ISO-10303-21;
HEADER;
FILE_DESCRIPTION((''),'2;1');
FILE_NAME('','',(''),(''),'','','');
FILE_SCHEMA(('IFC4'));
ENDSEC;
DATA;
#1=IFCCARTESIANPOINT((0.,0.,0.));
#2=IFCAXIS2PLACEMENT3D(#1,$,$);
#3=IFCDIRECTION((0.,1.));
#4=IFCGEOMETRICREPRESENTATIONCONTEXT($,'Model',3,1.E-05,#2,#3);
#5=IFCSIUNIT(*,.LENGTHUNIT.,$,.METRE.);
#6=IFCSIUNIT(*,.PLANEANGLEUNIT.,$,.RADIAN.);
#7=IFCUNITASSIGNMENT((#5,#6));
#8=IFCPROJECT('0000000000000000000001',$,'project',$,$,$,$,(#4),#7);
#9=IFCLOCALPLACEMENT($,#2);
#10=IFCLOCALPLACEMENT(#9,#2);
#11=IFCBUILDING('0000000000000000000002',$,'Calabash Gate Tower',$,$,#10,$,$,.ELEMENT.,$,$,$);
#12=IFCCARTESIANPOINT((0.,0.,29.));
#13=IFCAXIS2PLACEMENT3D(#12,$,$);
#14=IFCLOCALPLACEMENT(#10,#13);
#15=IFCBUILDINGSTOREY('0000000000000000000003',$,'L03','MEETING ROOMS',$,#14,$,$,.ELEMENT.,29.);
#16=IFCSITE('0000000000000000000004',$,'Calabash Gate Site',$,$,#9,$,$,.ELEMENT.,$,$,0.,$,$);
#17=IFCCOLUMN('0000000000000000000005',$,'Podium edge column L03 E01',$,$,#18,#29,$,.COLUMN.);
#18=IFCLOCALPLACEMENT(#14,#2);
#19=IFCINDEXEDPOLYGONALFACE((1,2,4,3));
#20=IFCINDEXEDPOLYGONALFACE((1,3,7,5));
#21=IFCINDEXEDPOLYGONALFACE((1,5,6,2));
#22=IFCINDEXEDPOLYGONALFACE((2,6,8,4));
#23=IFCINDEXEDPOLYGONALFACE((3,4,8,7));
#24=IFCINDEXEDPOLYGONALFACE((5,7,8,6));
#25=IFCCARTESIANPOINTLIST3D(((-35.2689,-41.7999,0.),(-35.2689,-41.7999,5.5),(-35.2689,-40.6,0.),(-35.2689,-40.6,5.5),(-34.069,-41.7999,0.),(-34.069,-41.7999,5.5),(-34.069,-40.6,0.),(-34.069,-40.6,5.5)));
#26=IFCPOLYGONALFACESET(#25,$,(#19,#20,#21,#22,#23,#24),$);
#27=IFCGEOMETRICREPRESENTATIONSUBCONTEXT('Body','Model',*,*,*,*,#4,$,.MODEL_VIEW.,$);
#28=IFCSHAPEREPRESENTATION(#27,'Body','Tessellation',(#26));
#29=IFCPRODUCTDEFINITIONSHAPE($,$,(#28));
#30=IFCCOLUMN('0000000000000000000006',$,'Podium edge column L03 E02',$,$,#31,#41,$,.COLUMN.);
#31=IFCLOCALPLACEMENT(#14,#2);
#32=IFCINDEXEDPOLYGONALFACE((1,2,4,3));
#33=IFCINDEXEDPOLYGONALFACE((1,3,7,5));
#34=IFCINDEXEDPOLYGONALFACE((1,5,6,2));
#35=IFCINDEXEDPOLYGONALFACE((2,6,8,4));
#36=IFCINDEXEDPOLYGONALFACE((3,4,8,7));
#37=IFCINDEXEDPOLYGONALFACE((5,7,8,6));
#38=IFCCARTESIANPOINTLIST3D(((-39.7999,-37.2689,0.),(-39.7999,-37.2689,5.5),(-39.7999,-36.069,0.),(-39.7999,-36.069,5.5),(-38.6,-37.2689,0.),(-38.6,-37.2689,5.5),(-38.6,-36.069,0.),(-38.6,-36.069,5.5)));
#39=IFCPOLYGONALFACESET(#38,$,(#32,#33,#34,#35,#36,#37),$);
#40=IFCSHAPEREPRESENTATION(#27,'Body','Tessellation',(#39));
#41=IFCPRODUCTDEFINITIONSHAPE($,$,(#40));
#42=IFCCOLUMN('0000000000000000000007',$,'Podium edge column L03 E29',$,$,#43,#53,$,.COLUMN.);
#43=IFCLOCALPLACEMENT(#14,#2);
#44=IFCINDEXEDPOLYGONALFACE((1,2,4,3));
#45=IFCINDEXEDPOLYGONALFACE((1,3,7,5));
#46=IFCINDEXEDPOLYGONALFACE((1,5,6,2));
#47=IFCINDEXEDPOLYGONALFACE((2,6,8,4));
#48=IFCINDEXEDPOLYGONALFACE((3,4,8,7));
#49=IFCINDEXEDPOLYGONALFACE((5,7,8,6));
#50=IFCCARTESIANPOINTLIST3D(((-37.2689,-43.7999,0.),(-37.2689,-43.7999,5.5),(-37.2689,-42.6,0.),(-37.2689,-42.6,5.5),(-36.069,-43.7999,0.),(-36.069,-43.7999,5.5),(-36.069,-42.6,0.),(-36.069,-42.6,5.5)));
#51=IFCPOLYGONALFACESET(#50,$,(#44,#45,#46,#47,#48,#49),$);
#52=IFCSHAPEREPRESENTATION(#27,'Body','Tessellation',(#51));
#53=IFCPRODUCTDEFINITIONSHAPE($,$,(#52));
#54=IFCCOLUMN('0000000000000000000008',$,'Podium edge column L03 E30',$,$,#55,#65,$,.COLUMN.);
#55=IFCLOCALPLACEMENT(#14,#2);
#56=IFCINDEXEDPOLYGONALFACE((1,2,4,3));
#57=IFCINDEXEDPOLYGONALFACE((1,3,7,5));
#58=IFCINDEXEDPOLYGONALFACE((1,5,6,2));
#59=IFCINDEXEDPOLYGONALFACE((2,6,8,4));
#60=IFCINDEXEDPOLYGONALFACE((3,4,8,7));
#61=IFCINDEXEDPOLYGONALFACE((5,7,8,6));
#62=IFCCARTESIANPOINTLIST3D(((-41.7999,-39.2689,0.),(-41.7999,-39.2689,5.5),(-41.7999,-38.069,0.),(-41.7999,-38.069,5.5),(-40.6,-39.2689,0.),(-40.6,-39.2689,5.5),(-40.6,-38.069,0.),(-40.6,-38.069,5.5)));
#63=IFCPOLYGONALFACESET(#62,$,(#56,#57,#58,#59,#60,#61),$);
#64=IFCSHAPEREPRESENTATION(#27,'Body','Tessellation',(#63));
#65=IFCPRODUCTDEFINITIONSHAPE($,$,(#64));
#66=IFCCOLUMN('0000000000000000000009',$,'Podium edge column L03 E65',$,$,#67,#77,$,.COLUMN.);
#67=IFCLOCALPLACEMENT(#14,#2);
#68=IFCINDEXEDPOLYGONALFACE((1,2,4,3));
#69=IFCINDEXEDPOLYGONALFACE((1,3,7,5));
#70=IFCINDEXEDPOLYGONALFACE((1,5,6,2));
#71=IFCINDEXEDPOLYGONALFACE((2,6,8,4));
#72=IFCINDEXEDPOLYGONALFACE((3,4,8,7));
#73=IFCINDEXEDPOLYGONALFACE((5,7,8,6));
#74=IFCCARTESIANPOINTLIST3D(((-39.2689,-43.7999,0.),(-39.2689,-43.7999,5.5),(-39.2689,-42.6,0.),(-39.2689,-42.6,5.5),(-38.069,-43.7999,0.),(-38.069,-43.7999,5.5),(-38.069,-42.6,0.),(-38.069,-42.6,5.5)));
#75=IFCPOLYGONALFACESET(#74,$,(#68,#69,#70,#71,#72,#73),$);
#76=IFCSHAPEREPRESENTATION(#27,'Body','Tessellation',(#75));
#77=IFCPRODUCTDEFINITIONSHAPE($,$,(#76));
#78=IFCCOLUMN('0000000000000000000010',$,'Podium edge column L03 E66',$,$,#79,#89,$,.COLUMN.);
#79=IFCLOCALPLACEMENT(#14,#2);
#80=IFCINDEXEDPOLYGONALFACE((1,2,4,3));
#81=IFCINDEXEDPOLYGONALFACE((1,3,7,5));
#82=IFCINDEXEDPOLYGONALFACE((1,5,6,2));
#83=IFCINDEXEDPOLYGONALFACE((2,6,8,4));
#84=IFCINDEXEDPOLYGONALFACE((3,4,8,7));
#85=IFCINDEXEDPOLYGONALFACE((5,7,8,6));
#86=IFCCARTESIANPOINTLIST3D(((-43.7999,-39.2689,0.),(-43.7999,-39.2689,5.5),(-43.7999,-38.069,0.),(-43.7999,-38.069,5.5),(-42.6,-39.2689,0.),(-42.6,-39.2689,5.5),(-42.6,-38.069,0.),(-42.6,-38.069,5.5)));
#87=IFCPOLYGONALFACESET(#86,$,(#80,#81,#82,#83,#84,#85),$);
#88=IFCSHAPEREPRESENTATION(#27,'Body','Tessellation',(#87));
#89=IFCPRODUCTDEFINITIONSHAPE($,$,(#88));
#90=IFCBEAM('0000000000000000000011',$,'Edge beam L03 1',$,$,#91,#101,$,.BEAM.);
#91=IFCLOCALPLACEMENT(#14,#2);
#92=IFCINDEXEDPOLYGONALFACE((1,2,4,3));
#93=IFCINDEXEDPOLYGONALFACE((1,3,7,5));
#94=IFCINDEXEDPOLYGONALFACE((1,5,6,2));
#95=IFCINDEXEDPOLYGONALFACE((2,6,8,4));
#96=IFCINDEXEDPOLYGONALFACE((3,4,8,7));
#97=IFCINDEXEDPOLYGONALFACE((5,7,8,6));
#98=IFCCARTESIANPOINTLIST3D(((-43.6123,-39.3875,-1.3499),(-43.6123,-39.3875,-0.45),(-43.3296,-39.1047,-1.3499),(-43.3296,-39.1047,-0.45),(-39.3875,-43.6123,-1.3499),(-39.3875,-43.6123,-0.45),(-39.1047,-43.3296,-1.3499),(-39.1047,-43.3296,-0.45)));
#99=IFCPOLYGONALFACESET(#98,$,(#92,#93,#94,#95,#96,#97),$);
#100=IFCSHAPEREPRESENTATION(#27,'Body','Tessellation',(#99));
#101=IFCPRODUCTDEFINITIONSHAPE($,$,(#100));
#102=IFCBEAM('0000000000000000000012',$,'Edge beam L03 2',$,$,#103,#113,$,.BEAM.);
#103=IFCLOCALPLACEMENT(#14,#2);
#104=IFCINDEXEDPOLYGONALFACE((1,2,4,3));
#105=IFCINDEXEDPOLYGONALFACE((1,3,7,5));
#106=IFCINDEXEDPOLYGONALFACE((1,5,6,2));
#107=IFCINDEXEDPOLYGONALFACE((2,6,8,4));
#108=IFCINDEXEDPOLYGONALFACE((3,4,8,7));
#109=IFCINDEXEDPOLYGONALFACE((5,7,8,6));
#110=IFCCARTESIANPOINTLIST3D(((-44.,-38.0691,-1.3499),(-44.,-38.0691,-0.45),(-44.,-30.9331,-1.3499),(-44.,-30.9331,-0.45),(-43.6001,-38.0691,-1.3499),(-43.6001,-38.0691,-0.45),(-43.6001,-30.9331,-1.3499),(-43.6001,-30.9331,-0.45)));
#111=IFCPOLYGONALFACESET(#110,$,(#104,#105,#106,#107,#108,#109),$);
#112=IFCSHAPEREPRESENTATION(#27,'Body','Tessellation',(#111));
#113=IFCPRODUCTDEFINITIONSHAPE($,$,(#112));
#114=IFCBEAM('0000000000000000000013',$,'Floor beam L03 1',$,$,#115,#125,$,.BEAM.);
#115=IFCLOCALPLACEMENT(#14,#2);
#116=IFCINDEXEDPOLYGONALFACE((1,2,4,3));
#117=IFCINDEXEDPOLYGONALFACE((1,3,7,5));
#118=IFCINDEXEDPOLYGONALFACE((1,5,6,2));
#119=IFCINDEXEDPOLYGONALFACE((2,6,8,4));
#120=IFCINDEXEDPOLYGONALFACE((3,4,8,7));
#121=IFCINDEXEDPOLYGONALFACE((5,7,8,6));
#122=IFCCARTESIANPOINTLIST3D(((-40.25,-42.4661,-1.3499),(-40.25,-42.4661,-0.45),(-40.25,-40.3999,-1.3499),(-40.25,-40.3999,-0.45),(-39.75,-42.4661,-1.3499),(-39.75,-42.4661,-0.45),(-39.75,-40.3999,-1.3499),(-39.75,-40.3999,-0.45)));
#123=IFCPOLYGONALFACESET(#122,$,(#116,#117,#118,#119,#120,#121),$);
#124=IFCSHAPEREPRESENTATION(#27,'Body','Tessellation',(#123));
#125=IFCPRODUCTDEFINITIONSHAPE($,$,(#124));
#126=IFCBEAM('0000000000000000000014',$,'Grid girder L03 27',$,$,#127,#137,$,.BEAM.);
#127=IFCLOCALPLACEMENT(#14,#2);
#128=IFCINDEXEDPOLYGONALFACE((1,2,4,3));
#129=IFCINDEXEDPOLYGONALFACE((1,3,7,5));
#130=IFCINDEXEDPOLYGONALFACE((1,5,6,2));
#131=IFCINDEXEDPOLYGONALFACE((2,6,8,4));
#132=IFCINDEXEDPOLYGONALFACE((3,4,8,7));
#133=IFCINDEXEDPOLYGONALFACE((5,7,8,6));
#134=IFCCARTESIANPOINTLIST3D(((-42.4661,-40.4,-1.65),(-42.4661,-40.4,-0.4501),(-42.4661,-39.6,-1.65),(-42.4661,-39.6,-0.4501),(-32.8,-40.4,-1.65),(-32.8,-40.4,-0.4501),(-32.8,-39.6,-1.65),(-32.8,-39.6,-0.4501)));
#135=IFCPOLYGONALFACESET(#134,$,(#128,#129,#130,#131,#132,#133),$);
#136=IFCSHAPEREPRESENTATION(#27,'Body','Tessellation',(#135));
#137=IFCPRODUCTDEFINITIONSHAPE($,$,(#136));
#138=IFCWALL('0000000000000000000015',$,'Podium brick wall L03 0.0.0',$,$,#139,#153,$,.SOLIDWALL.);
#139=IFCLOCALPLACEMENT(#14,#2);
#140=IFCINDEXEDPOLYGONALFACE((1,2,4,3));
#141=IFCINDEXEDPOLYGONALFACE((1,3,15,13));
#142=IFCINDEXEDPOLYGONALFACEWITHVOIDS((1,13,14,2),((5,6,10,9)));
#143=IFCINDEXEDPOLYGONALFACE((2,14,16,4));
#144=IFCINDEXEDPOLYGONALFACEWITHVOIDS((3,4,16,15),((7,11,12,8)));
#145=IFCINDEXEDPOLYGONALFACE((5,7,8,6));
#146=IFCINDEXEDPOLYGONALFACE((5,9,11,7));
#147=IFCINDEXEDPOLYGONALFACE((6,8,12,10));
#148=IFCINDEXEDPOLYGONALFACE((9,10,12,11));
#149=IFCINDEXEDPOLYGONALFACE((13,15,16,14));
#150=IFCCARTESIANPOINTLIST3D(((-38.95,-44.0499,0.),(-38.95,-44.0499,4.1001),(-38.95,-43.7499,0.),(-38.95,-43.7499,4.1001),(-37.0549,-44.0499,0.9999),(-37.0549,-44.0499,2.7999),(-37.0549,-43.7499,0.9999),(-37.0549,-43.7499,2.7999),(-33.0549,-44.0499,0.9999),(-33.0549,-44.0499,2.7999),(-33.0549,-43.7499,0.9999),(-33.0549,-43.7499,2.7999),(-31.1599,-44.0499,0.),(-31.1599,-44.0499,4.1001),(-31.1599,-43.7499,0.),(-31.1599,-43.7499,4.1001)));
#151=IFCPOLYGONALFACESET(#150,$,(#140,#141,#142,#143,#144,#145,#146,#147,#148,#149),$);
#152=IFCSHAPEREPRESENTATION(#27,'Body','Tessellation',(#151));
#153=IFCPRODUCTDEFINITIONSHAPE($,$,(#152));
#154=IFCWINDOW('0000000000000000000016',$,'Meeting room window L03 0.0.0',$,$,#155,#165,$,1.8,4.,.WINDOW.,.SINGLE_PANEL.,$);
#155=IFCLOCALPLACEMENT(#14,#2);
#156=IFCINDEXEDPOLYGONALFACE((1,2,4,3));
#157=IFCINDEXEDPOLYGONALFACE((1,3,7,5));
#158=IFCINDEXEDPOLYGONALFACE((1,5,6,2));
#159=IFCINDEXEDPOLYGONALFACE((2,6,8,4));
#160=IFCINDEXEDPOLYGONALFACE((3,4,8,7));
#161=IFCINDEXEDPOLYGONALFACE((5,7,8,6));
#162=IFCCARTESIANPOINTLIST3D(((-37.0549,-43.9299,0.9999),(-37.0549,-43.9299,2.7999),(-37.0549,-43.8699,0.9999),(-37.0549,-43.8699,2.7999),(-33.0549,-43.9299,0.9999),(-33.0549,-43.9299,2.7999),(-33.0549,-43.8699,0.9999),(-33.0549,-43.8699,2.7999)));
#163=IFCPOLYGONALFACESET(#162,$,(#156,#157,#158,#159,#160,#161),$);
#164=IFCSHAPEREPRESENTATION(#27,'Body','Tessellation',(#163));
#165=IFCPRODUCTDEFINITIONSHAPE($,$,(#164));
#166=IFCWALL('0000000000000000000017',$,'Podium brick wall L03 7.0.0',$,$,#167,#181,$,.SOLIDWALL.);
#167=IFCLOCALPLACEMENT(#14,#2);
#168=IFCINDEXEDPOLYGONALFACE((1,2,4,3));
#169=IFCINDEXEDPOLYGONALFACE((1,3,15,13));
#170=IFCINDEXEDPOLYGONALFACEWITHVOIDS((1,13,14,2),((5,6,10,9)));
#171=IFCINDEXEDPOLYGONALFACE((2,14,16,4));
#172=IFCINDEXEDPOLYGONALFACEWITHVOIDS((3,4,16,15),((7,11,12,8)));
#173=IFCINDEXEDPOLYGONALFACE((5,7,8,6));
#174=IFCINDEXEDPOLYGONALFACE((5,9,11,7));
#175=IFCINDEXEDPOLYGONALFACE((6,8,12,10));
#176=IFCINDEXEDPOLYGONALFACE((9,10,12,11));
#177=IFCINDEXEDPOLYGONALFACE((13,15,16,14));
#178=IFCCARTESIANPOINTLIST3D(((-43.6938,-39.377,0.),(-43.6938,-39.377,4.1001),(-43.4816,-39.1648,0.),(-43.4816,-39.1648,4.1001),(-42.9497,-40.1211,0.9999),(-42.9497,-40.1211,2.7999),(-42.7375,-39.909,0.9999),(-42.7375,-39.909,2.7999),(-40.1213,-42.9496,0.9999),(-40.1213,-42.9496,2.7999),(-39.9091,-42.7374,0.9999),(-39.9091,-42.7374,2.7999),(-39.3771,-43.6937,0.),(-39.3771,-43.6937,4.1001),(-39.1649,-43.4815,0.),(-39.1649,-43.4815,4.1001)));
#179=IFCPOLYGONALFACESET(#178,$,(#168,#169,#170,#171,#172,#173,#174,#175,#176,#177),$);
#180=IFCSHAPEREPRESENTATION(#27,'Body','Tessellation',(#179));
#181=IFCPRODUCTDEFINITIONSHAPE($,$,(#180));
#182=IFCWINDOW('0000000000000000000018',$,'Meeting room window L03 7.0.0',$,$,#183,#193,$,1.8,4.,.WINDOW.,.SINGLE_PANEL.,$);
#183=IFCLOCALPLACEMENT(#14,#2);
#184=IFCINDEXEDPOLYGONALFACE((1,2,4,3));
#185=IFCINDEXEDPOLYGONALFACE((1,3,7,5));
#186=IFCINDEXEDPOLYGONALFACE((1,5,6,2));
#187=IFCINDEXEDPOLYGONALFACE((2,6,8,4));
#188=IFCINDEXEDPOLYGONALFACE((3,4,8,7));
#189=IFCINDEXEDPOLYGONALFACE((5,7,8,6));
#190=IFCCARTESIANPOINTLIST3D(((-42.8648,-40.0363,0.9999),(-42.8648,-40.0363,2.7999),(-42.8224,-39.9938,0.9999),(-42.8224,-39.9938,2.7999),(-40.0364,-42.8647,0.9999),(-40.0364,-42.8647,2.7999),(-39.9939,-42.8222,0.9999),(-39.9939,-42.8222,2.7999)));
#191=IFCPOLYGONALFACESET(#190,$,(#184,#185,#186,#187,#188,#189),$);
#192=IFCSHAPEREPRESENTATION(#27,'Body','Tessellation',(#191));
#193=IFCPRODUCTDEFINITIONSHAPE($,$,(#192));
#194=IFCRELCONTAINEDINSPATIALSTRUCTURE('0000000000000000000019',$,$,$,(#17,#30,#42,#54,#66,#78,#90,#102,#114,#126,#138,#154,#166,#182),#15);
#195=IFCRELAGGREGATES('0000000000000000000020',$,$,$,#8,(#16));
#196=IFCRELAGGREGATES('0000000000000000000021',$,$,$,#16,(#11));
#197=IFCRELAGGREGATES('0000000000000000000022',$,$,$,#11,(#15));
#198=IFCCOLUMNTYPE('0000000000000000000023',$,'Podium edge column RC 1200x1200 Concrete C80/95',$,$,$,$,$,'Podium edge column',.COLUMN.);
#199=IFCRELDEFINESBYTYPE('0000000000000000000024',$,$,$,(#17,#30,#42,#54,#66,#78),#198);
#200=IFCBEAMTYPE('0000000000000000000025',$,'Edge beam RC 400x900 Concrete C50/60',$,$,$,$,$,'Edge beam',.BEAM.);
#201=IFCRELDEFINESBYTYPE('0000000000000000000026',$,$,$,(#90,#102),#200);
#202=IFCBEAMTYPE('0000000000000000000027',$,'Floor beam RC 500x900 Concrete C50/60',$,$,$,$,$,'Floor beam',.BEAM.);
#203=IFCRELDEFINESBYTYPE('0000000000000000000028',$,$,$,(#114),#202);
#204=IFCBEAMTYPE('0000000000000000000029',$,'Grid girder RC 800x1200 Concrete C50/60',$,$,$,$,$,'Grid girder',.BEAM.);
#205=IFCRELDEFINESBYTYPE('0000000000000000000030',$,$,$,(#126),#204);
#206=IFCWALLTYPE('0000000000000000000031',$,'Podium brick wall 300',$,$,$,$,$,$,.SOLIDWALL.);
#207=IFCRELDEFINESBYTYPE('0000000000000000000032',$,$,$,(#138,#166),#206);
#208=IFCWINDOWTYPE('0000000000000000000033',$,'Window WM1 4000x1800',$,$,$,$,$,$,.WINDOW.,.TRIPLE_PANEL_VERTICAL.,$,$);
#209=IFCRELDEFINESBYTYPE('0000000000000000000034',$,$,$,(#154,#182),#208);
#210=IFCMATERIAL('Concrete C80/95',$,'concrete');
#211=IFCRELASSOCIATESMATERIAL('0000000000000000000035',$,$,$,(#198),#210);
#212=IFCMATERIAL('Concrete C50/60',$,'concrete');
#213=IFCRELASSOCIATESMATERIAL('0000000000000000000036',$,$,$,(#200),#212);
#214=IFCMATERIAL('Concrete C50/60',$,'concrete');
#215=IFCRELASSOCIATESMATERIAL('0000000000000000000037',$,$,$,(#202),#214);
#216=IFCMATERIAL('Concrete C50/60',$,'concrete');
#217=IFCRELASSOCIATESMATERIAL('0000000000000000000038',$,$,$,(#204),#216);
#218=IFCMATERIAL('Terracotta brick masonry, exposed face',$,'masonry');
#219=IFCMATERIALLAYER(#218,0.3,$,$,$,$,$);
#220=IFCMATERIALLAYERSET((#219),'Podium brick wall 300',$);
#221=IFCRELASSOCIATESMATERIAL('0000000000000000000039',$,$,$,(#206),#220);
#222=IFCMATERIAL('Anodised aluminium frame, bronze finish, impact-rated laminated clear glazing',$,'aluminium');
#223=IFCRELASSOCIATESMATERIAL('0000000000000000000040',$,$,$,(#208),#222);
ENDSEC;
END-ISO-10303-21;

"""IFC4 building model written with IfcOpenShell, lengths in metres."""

from ifc_helpers import new_model, si_unit, direction, frame, frame_2d, origin, origin_2d, place, context, subcontext, project, spatial, rectangle, extrude, material, layer, layer_set, material_profile, profile_set, type_object, element, fill, save


model = new_model("IFC4")

# Units and contexts
model_context = context("Model", 3, precision=1e-05, world=origin(), true_north=direction((0.0, 1.0)))
body_context = subcontext(model_context, "Body", "Model", "MODEL_VIEW")
ifc_project = project(units=[si_unit("LENGTHUNIT", "METRE"), si_unit("PLANEANGLEUNIT", "RADIAN")], contexts=[model_context])

# Site, building, storey
site_placement = place(None, origin())
site = spatial("IfcSite", under=ifc_project, at=site_placement, Name="Calabash Gate Site", CompositionType="ELEMENT", RefElevation=0.0)
building_placement = place(site_placement, origin())
building = spatial("IfcBuilding", under=site, at=building_placement, Name="Calabash Gate Tower", CompositionType="ELEMENT")
storey_placement = place(building_placement, frame((0.0, 0.0, 29.0)))
storey = spatial("IfcBuildingStorey", under=building, at=storey_placement, Name="L03", Description="MEETING ROOMS", CompositionType="ELEMENT", Elevation=29.0)

# Columns
ifc_material_1 = material(Name="Concrete C80/95", Category="concrete")
ifc_material_profile_1 = material_profile(ifc_material_1, rectangle(XDim=1.2, YDim=1.2, at=origin_2d()))
ifc_profile_set_1 = profile_set([ifc_material_profile_1], Name="Concrete C80/95")
column_type = type_object("IfcColumnType", Name="Podium edge column RC 1200x1200 Concrete C80/95", ElementType="Podium edge column", PredefinedType="COLUMN", material=ifc_profile_set_1)
for number, where, z_axis, x_axis, name in (
    (1, (-34.6689, -41.2, 0.0), (0.0, 0.0, 1.0), (1.0, 0.0, 0.0), "Podium edge column L03 E01"),
    (2, (-39.2, -36.6689, 0.0), (0.0, 0.0, 1.0), (1.0, 0.0, 0.0), "Podium edge column L03 E02"),
    (3, (-36.6689, -43.2, 0.0), (0.0, 0.0, 1.0), (1.0, 0.0, 0.0), "Podium edge column L03 E29"),
    (4, (-41.2, -38.6689, 0.0), (0.0, 0.0, 1.0), (1.0, 0.0, 0.0), "Podium edge column L03 E30"),
    (5, (-38.6689, -43.2, 0.0), (0.0, 0.0, 1.0), (1.0, 0.0, 0.0), "Podium edge column L03 E65"),
    (6, (-43.2, -38.6689, 0.0), (0.0, 0.0, 1.0), (1.0, 0.0, 0.0), "Podium edge column L03 E66"),
):
    element("IfcColumn", number, at=place(storey_placement, frame(where, z_axis=z_axis, x_axis=x_axis)), inside=storey, type_object=column_type, Name=name, PredefinedType="COLUMN", context=body_context, shape_type="SweptSolid", body=[
        extrude(rectangle(XDim=1.2, YDim=1.2, at=origin_2d()), origin(), (0.0, 0.0, 1.0), 5.5),
    ])

# Beams
ifc_material_2 = material(Name="Concrete C50/60", Category="concrete")
ifc_material_profile_2 = material_profile(ifc_material_2, rectangle(XDim=0.3999, YDim=0.8999, at=origin_2d()))
ifc_profile_set_2 = profile_set([ifc_material_profile_2], Name="Concrete C50/60")
beam_type_1 = type_object("IfcBeamType", Name="Edge beam RC 400x900 Concrete C50/60", ElementType="Edge beam", PredefinedType="BEAM", material=ifc_profile_set_2)
beam_1_placement = place(storey_placement, frame((-39.2461, -43.4709, -0.8999), z_axis=(-0.707107, 0.707107, 0.0), x_axis=(-0.707107, -0.707107, 0.0)))
element("IfcBeam", 7, at=beam_1_placement, inside=storey, type_object=beam_type_1, Name="Edge beam L03 1", PredefinedType="BEAM", context=body_context, shape_type="SweptSolid", body=[
    extrude(rectangle(XDim=0.3999, YDim=0.8999, at=origin_2d()), origin(), (0.0, 0.0, 1.0), 5.9749),
])
beam_2_placement = place(storey_placement, frame((-43.8, -38.0691, -0.8999), z_axis=(0.0, 1.0, 0.0), x_axis=(-1.0, 0.0, 0.0)))
element("IfcBeam", 8, at=beam_2_placement, inside=storey, type_object=beam_type_1, Name="Edge beam L03 2", PredefinedType="BEAM", context=body_context, shape_type="SweptSolid", body=[
    extrude(rectangle(XDim=0.3999, YDim=0.8999, at=origin_2d()), origin(), (0.0, 0.0, 1.0), 7.136),
])
ifc_material_3 = material(Name="Concrete C50/60", Category="concrete")
ifc_material_profile_3 = material_profile(ifc_material_3, rectangle(XDim=0.5, YDim=0.8999, at=origin_2d()))
ifc_profile_set_3 = profile_set([ifc_material_profile_3], Name="Concrete C50/60")
beam_type_2 = type_object("IfcBeamType", Name="Floor beam RC 500x900 Concrete C50/60", ElementType="Floor beam", PredefinedType="BEAM", material=ifc_profile_set_3)
beam_3_placement = place(storey_placement, frame((-40.0, -42.4661, -0.8999), z_axis=(0.0, 1.0, 0.0), x_axis=(-1.0, 0.0, 0.0)))
element("IfcBeam", 9, at=beam_3_placement, inside=storey, type_object=beam_type_2, Name="Floor beam L03 1", PredefinedType="BEAM", context=body_context, shape_type="SweptSolid", body=[
    extrude(rectangle(XDim=0.5, YDim=0.8999, at=origin_2d()), origin(), (0.0, 0.0, 1.0), 2.0662),
])
ifc_material_4 = material(Name="Concrete C50/60", Category="concrete")
ifc_material_profile_4 = material_profile(ifc_material_4, rectangle(XDim=0.8, YDim=1.2, at=origin_2d()))
ifc_profile_set_4 = profile_set([ifc_material_profile_4], Name="Concrete C50/60")
beam_type_3 = type_object("IfcBeamType", Name="Grid girder RC 800x1200 Concrete C50/60", ElementType="Grid girder", PredefinedType="BEAM", material=ifc_profile_set_4)
beam_4_placement = place(storey_placement, frame((-42.4661, -40.0, -1.05), z_axis=(1.0, 0.0, 0.0), x_axis=(0.0, 1.0, 0.0)))
element("IfcBeam", 10, at=beam_4_placement, inside=storey, type_object=beam_type_3, Name="Grid girder L03 27", PredefinedType="BEAM", context=body_context, shape_type="SweptSolid", body=[
    extrude(rectangle(XDim=0.8, YDim=1.2, at=origin_2d()), origin(), (0.0, 0.0, 1.0), 9.666),
])

# Walls, openings, windows
ifc_material_5 = material(Name="Terracotta brick masonry, exposed face", Category="masonry")
ifc_layer_1 = layer(ifc_material_5, 0.3)
ifc_layer_set_1 = layer_set([ifc_layer_1], Name="Podium brick wall 300")
wall_type_1 = type_object("IfcWallType", Name="Podium brick wall 300", PredefinedType="SOLIDWALL", material=ifc_layer_set_1)
wall_1_placement = place(storey_placement, frame((-38.95, -43.8999, 0.0), z_axis=(0.0, 0.0, 1.0), x_axis=(1.0, 0.0, 0.0)))
wall_1 = element("IfcWall", 11, at=wall_1_placement, inside=storey, type_object=wall_type_1, Name="Podium brick wall L03 0.0.0", PredefinedType="SOLIDWALL", context=body_context, shape_type="SweptSolid", body=[
    extrude(rectangle(XDim=7.79, YDim=0.3, at=frame_2d((3.895, 0.0))), origin(), (0.0, 0.0, 1.0), 4.1001),
])
opening_1_placement = place(wall_1_placement, frame((1.895, 0.0, 1.0)))
opening_1 = element("IfcOpeningElement", 12, at=opening_1_placement, cuts=wall_1, PredefinedType="OPENING", context=body_context, shape_type="SweptSolid", body=[
    extrude(rectangle(XDim=4.0, YDim=1.8, at=frame_2d((2.0, 0.8999))), frame((0.0, 0.1599, 0.0), z_axis=(0.0, -1.0, 0.0), x_axis=(1.0, 0.0, 0.0)), (0.0, 0.0, 1.0), 0.3201),
])
ifc_material_6 = material(Name="Anodised aluminium frame, bronze finish, impact-rated laminated clear glazing", Category="aluminium")
window_type = type_object("IfcWindowType", Name="Window WM1 4000x1800", PartitioningType="TRIPLE_PANEL_VERTICAL", PredefinedType="WINDOW", material=ifc_material_6)
window_1_placement = place(opening_1_placement, origin())
window_1 = element("IfcWindow", 13, at=window_1_placement, inside=storey, type_object=window_type, Name="Meeting room window L03 0.0.0", OverallHeight=1.8, OverallWidth=4.0, PartitioningType="SINGLE_PANEL", PredefinedType="WINDOW", context=body_context, shape_type="SweptSolid", body=[
    extrude(rectangle(XDim=4.0, YDim=1.8, at=frame_2d((2.0, 0.8999))), frame((0.0, 0.03, 0.0), z_axis=(0.0, -1.0, 0.0), x_axis=(1.0, 0.0, 0.0)), (0.0, 0.0, 1.0), 0.0601),
])
fill(opening_1, window_1)
wall_2_placement = place(storey_placement, frame((-43.5876, -39.271, 0.0), z_axis=(0.0, 0.0, 1.0), x_axis=(0.707107, -0.707107, 0.0)))
wall_2 = element("IfcWall", 14, at=wall_2_placement, inside=storey, type_object=wall_type_1, Name="Podium brick wall L03 7.0.0", PredefinedType="SOLIDWALL", context=body_context, shape_type="SweptSolid", body=[
    extrude(rectangle(XDim=6.1047, YDim=0.3, at=frame_2d((3.0522, 0.0))), origin(), (0.0, 0.0, 1.0), 4.1001),
])
opening_2_placement = place(wall_2_placement, frame((1.0522, 0.0, 1.0)))
opening_2 = element("IfcOpeningElement", 15, at=opening_2_placement, cuts=wall_2, PredefinedType="OPENING", context=body_context, shape_type="SweptSolid", body=[
    extrude(rectangle(XDim=4.0, YDim=1.8, at=frame_2d((2.0, 0.8999))), frame((0.0, 0.1599, 0.0), z_axis=(0.0, -1.0, 0.0), x_axis=(1.0, 0.0, 0.0)), (0.0, 0.0, 1.0), 0.3201),
])
window_2_placement = place(opening_2_placement, origin())
window_2 = element("IfcWindow", 16, at=window_2_placement, inside=storey, type_object=window_type, Name="Meeting room window L03 7.0.0", OverallHeight=1.8, OverallWidth=4.0, PartitioningType="SINGLE_PANEL", PredefinedType="WINDOW", context=body_context, shape_type="SweptSolid", body=[
    extrude(rectangle(XDim=4.0, YDim=1.8, at=frame_2d((2.0, 0.8999))), frame((0.0, 0.03, 0.0), z_axis=(0.0, -1.0, 0.0), x_axis=(1.0, 0.0, 0.0)), (0.0, 0.0, 1.0), 0.0601),
])
fill(opening_2, window_2)

save(model, "model.ifc")
